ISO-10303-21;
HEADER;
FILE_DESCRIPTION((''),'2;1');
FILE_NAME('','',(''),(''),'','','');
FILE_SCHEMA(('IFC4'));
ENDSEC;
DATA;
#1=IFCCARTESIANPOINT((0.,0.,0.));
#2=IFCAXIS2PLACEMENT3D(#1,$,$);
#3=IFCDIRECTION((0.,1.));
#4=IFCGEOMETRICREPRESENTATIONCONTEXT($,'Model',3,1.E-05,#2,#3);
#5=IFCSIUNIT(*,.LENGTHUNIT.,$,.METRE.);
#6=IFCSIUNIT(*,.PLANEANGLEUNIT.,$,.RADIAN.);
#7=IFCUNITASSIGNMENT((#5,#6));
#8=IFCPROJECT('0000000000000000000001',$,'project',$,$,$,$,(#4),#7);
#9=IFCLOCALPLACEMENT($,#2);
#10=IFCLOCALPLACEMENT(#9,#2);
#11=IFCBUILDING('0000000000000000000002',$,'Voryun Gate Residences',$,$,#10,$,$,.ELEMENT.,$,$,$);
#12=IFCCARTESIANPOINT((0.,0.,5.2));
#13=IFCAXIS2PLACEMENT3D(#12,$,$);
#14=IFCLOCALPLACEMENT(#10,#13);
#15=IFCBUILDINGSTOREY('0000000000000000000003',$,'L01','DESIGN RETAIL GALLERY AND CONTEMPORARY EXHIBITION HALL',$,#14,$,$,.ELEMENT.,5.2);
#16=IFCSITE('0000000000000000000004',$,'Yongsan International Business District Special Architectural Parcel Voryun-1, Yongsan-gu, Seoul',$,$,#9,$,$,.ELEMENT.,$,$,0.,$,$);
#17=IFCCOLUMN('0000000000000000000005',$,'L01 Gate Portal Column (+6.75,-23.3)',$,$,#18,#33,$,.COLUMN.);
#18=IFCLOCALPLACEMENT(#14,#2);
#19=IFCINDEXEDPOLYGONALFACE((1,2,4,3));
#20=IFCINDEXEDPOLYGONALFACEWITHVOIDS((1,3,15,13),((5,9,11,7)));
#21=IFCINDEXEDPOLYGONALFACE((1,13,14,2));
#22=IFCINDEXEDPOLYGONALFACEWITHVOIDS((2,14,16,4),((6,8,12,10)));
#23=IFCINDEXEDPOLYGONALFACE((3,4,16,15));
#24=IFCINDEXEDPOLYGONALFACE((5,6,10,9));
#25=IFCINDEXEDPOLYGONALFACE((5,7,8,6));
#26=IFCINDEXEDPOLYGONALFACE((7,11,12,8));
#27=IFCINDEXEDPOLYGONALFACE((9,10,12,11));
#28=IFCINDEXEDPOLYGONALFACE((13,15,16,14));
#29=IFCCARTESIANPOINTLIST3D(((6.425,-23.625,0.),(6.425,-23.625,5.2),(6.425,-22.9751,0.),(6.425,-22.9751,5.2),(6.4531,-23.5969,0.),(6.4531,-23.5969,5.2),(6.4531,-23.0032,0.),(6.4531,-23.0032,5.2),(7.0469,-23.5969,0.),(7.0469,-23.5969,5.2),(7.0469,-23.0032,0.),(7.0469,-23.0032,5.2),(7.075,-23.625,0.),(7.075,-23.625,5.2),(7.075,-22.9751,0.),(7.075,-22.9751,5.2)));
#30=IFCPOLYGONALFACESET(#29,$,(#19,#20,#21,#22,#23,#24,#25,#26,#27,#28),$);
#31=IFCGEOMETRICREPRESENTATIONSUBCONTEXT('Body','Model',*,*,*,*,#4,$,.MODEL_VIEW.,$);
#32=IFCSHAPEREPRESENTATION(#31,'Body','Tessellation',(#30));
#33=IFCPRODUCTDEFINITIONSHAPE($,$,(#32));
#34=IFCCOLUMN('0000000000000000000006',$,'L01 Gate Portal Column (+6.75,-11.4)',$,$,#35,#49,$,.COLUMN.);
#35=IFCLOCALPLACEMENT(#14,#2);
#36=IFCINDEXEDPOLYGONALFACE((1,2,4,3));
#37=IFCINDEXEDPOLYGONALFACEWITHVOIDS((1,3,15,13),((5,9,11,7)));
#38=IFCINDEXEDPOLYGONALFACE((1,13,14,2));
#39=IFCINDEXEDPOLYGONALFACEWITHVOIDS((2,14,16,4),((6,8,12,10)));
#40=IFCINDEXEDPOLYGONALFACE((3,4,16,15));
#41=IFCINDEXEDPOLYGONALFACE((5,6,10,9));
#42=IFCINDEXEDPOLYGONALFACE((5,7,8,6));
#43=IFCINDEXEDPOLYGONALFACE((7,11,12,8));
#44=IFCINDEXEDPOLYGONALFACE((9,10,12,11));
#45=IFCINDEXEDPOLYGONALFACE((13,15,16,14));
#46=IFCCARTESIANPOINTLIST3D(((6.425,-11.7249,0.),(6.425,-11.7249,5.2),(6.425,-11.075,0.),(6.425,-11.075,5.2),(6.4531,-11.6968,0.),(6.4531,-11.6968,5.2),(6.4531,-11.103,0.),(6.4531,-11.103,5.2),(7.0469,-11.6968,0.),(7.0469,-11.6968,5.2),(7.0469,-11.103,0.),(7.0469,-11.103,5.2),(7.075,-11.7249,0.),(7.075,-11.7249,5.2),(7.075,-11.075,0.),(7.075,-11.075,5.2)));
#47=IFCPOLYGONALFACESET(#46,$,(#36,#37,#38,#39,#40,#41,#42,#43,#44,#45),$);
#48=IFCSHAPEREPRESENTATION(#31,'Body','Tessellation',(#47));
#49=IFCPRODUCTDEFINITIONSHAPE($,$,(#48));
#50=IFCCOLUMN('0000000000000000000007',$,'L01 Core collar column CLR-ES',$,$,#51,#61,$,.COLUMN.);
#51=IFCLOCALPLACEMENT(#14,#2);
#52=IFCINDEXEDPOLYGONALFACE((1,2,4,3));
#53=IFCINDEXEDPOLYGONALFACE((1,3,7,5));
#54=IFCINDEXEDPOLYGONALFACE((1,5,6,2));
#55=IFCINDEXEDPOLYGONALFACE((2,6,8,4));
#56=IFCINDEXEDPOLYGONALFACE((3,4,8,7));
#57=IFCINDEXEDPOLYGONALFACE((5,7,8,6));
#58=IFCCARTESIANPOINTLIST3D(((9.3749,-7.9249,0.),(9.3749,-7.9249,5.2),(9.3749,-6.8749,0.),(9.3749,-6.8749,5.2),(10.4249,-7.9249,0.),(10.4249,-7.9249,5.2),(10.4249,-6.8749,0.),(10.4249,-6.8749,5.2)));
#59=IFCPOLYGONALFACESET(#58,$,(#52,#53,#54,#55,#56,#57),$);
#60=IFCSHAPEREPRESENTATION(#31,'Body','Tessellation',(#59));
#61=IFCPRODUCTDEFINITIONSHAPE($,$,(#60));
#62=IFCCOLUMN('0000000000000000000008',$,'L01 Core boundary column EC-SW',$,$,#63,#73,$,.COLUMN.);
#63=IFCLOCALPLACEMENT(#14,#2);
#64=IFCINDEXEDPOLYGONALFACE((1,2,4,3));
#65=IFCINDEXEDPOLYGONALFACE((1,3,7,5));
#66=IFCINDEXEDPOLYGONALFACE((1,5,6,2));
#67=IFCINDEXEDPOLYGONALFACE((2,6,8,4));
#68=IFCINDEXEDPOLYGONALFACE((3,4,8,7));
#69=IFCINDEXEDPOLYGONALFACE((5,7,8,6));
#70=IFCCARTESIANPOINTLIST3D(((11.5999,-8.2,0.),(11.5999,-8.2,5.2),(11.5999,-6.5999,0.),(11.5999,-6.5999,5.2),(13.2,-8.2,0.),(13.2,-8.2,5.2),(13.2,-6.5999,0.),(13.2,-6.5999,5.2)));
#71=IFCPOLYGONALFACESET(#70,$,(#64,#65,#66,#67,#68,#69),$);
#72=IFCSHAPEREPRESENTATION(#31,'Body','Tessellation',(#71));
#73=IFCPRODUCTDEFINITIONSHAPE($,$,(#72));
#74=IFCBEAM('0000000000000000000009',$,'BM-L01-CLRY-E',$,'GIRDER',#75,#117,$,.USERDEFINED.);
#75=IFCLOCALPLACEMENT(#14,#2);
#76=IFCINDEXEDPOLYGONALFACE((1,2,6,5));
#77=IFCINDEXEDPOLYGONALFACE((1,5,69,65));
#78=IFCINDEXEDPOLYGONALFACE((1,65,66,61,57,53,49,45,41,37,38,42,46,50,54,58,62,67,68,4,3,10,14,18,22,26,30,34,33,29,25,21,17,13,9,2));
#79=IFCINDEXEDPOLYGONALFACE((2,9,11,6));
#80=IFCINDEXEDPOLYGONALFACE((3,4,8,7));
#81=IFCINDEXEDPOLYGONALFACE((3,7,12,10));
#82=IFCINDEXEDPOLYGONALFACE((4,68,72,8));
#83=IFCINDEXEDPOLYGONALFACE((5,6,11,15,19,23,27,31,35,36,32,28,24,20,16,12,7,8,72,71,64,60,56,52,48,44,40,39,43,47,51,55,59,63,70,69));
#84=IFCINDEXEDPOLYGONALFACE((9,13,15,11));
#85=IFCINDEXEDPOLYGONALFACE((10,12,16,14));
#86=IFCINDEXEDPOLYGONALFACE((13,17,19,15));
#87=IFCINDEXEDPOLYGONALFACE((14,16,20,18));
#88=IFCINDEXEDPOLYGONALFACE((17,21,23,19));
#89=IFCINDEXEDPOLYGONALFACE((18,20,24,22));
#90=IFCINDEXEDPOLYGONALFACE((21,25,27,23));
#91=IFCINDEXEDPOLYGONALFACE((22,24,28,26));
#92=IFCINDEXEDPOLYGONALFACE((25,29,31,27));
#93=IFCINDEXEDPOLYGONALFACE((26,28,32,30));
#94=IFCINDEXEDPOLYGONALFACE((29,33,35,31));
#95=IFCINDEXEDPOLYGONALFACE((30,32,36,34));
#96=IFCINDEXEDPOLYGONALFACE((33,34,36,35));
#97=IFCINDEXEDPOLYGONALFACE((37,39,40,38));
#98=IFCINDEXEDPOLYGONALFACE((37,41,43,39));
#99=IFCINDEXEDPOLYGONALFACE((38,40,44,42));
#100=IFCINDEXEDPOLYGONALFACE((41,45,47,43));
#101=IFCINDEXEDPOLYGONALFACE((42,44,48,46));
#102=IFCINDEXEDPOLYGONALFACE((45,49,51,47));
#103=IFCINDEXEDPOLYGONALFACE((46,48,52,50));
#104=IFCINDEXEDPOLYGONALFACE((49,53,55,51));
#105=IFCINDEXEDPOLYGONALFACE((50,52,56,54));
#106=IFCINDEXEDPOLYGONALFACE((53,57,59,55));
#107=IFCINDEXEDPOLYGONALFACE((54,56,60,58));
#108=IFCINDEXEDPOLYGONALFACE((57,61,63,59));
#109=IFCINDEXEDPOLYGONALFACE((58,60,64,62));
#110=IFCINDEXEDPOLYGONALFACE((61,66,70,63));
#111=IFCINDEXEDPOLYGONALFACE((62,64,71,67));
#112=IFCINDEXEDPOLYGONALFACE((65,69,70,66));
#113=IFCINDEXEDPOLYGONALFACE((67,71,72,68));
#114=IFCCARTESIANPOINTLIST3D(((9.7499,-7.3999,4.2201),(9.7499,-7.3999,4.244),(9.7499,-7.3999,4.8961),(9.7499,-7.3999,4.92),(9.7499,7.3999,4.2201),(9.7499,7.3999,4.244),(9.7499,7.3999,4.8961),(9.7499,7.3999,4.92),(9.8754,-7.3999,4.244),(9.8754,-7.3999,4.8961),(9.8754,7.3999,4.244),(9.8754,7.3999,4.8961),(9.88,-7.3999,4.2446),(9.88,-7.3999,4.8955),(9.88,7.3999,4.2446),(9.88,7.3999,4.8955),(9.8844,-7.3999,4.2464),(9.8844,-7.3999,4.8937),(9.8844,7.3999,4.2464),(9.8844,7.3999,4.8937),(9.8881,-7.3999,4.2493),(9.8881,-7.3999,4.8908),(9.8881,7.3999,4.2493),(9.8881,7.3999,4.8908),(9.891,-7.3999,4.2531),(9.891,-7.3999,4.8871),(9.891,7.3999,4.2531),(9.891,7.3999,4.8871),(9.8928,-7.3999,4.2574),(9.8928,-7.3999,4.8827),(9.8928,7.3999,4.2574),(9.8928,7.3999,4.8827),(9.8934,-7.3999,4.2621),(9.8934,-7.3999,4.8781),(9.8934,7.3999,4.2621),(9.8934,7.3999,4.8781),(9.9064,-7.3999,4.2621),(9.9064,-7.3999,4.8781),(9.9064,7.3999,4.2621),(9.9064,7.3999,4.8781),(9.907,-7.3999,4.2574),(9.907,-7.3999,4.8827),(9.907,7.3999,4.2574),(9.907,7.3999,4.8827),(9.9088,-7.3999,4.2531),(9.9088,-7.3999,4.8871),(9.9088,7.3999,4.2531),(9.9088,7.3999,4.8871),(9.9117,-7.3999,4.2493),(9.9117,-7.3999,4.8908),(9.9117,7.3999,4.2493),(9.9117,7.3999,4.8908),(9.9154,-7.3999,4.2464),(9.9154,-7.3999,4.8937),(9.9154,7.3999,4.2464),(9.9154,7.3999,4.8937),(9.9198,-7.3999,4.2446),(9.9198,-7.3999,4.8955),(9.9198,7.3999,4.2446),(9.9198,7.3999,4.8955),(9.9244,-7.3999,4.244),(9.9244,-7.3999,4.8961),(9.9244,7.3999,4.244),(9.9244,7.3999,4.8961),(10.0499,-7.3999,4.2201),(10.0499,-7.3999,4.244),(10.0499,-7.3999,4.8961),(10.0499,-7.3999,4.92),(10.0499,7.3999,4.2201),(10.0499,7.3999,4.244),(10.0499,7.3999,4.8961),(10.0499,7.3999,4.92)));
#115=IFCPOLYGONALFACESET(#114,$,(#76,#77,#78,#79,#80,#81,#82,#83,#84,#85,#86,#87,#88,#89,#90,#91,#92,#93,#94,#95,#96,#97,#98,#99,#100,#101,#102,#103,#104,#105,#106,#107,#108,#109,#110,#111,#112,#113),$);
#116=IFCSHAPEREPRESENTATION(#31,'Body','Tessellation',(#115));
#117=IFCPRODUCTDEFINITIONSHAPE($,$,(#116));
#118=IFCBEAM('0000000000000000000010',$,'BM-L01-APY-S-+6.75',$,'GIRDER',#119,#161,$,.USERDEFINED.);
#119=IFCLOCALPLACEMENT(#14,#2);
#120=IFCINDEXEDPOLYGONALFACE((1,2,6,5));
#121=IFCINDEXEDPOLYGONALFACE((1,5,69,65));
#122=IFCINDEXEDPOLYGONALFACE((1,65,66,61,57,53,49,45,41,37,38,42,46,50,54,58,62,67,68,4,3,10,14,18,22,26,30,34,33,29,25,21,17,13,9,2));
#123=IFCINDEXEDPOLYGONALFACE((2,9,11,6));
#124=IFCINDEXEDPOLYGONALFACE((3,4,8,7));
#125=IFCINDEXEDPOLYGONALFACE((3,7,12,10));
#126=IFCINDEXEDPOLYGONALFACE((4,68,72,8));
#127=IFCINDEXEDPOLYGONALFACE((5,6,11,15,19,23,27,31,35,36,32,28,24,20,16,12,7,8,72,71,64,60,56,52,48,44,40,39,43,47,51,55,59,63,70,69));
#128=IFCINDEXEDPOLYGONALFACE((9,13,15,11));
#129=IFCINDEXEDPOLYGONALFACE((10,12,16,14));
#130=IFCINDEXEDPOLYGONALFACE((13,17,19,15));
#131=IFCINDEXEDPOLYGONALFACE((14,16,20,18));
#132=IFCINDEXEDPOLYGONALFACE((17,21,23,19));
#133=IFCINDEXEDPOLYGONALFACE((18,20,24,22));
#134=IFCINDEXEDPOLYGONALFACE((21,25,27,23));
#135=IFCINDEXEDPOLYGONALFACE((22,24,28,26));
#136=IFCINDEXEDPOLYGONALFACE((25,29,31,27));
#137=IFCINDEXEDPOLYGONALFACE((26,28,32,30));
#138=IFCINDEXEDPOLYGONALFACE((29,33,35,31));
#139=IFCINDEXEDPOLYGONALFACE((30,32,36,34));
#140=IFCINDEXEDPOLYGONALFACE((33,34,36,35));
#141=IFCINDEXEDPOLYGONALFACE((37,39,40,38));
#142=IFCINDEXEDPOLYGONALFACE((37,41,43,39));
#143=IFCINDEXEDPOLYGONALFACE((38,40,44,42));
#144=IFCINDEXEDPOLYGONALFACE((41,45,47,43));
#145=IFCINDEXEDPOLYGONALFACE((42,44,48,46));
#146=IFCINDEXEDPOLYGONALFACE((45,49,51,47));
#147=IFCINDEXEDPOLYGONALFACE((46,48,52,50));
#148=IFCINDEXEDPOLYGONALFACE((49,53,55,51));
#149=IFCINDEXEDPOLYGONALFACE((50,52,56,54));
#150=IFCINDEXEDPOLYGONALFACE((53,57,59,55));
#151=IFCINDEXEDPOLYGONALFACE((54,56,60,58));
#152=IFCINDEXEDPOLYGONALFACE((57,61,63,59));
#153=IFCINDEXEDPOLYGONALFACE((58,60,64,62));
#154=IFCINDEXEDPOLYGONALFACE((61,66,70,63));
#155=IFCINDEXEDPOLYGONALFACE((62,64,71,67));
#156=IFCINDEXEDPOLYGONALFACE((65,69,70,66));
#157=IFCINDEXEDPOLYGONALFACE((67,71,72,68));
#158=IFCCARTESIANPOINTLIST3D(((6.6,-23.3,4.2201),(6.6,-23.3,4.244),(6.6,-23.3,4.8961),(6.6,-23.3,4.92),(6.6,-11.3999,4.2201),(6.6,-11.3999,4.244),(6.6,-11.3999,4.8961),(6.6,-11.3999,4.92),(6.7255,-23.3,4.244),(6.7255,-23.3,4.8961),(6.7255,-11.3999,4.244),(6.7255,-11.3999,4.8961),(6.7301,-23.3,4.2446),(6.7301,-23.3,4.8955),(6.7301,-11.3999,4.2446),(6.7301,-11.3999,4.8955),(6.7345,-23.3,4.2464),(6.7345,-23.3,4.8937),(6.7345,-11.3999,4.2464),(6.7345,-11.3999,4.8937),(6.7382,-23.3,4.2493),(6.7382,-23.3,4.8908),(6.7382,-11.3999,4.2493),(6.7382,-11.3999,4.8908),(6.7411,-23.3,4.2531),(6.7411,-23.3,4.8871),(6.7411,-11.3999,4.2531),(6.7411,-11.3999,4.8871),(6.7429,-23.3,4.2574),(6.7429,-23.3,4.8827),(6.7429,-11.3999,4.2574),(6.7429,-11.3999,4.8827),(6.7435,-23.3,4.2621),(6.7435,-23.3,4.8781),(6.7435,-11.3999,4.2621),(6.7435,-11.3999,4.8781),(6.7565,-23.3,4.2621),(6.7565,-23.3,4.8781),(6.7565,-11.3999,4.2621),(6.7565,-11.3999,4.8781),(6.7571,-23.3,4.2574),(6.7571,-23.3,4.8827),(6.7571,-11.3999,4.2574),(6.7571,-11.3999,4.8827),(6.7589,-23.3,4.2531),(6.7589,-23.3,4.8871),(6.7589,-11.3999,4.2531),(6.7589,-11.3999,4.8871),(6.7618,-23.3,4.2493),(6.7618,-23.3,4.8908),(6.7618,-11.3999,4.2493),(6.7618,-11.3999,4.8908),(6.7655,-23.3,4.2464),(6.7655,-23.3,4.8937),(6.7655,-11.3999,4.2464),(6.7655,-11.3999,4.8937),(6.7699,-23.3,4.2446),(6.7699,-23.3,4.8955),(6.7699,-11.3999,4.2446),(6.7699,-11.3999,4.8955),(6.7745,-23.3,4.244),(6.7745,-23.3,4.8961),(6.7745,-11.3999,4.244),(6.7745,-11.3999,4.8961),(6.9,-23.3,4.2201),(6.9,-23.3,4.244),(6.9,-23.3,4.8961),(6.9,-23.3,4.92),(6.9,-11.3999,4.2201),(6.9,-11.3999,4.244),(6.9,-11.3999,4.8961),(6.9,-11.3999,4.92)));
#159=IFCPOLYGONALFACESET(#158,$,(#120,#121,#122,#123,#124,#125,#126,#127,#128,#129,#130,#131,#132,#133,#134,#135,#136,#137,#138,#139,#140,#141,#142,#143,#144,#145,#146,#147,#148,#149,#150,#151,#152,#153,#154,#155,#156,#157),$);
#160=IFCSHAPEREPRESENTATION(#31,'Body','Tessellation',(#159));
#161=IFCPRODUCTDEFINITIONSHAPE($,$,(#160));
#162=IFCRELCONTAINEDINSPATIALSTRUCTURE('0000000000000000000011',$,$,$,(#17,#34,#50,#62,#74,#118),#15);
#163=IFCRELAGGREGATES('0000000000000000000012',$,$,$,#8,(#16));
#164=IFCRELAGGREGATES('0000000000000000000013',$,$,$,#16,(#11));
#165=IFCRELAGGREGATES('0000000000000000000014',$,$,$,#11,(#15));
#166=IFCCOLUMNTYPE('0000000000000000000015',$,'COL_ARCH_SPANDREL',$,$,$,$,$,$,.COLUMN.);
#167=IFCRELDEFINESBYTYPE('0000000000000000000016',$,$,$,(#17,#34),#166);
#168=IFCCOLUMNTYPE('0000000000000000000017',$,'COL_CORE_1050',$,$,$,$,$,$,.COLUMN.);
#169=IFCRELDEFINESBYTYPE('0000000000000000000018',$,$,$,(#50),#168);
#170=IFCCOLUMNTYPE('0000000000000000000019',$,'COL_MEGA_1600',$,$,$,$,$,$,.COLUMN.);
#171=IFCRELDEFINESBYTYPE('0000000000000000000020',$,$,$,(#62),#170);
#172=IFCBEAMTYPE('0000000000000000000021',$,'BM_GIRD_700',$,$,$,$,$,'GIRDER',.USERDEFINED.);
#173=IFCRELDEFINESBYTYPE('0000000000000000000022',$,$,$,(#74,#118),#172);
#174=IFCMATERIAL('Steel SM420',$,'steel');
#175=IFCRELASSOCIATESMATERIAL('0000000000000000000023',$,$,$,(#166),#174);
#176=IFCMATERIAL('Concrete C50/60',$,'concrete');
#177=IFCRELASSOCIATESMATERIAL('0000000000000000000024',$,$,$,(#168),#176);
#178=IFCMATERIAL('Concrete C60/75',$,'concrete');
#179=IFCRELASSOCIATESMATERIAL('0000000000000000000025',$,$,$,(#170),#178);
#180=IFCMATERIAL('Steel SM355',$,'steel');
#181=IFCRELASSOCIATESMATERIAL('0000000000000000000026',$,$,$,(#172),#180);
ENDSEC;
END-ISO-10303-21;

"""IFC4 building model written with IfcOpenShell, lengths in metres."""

from ifc_helpers import new_model, si_unit, direction, frame, origin, origin_2d, place, context, subcontext, project, spatial, rectangle, hollow_rectangle, i_section, extrude, material, material_profile, profile_set, type_object, element, save


model = new_model("IFC4")

# Units and contexts
model_context = context("Model", 3, precision=1e-05, world=origin(), true_north=direction((0.0, 1.0)))
body_context = subcontext(model_context, "Body", "Model", "MODEL_VIEW")
ifc_project = project(units=[si_unit("LENGTHUNIT", "METRE"), si_unit("PLANEANGLEUNIT", "RADIAN")], contexts=[model_context])

# Site, building, storey
site_placement = place(None, origin())
site = spatial("IfcSite", under=ifc_project, at=site_placement, Name="Yongsan International Business District Special Architectural Parcel Voryun-1, Yongsan-gu, Seoul", CompositionType="ELEMENT", RefElevation=0.0)
building_placement = place(site_placement, origin())
building = spatial("IfcBuilding", under=site, at=building_placement, Name="Voryun Gate Residences", CompositionType="ELEMENT")
storey_placement = place(building_placement, frame((0.0, 0.0, 5.2)))
storey = spatial("IfcBuildingStorey", under=building, at=storey_placement, Name="L01", Description="DESIGN RETAIL GALLERY AND CONTEMPORARY EXHIBITION HALL", CompositionType="ELEMENT", Elevation=5.2)

# Columns
ifc_material_1 = material(Name="Steel SM420", Category="steel")
ifc_material_profile_1 = material_profile(ifc_material_1, hollow_rectangle(XDim=0.6499, YDim=0.6499, WallThickness=0.0281, at=origin_2d()), Name="BOX-650x650x28")
ifc_profile_set_1 = profile_set([ifc_material_profile_1], Name="Steel SM420")
column_type_1 = type_object("IfcColumnType", Name="COL_ARCH_SPANDREL", PredefinedType="COLUMN", material=ifc_profile_set_1)
for number, where, z_axis, x_axis, name in (
    (1, (6.75, -23.3, 0.0), (0.0, 0.0, 1.0), (1.0, 0.0, 0.0), "L01 Gate Portal Column (+6.75,-23.3)"),
    (2, (6.75, -11.3999, 0.0), (0.0, 0.0, 1.0), (1.0, 0.0, 0.0), "L01 Gate Portal Column (+6.75,-11.4)"),
):
    element("IfcColumn", number, at=place(storey_placement, frame(where, z_axis=z_axis, x_axis=x_axis)), inside=storey, type_object=column_type_1, Name=name, PredefinedType="COLUMN", context=body_context, shape_type="SweptSolid", body=[
        extrude(hollow_rectangle(XDim=0.6499, YDim=0.6499, WallThickness=0.0281, at=origin_2d()), origin(), (0.0, 0.0, 1.0), 5.2),
    ])
ifc_material_2 = material(Name="Concrete C50/60", Category="concrete")
ifc_material_profile_2 = material_profile(ifc_material_2, rectangle(XDim=1.05, YDim=1.05, at=origin_2d()), Name="RC-1050x1050")
ifc_profile_set_2 = profile_set([ifc_material_profile_2], Name="Concrete C50/60")
column_type_2 = type_object("IfcColumnType", Name="COL_CORE_1050", PredefinedType="COLUMN", material=ifc_profile_set_2)
column_1_placement = place(storey_placement, frame((9.8999, -7.3999, 0.0), z_axis=(0.0, 0.0, 1.0), x_axis=(1.0, 0.0, 0.0)))
element("IfcColumn", 3, at=column_1_placement, inside=storey, type_object=column_type_2, Name="L01 Core collar column CLR-ES", PredefinedType="COLUMN", context=body_context, shape_type="SweptSolid", body=[
    extrude(rectangle(XDim=1.05, YDim=1.05, at=origin_2d()), origin(), (0.0, 0.0, 1.0), 5.2),
])
ifc_material_3 = material(Name="Concrete C60/75", Category="concrete")
ifc_material_profile_3 = material_profile(ifc_material_3, rectangle(XDim=1.6001, YDim=1.6001, at=origin_2d()), Name="RC-1600x1600")
ifc_profile_set_3 = profile_set([ifc_material_profile_3], Name="Concrete C60/75")
column_type_3 = type_object("IfcColumnType", Name="COL_MEGA_1600", PredefinedType="COLUMN", material=ifc_profile_set_3)
column_2_placement = place(storey_placement, frame((12.3999, -7.3999, 0.0), z_axis=(0.0, 0.0, 1.0), x_axis=(1.0, 0.0, 0.0)))
element("IfcColumn", 4, at=column_2_placement, inside=storey, type_object=column_type_3, Name="L01 Core boundary column EC-SW", PredefinedType="COLUMN", context=body_context, shape_type="SweptSolid", body=[
    extrude(rectangle(XDim=1.6001, YDim=1.6001, at=origin_2d()), origin(), (0.0, 0.0, 1.0), 5.2),
])

# Beams
ifc_material_4 = material(Name="Steel SM355", Category="steel")
ifc_material_profile_4 = material_profile(ifc_material_4, i_section(OverallWidth=0.3, OverallDepth=0.7, WebThickness=0.0129, FlangeThickness=0.0239, FilletRadius=0.0181, at=origin_2d()), Name="H-700x300x13x24")
ifc_profile_set_4 = profile_set([ifc_material_profile_4], Name="Steel SM355")
beam_type = type_object("IfcBeamType", Name="BM_GIRD_700", ElementType="GIRDER", PredefinedType="USERDEFINED", material=ifc_profile_set_4)
beam_1_placement = place(storey_placement, frame((9.8999, -7.3999, 4.5701), z_axis=(0.0, 1.0, 0.0), x_axis=(-1.0, 0.0, 0.0)))
element("IfcBeam", 5, at=beam_1_placement, inside=storey, type_object=beam_type, Name="BM-L01-CLRY-E", ObjectType="GIRDER", PredefinedType="USERDEFINED", context=body_context, shape_type="SweptSolid", body=[
    extrude(i_section(OverallWidth=0.3, OverallDepth=0.7, WebThickness=0.0129, FlangeThickness=0.0239, FilletRadius=0.0181, at=origin_2d()), origin(), (0.0, 0.0, 1.0), 14.7998),
])
beam_2_placement = place(storey_placement, frame((6.75, -23.3, 4.5701), z_axis=(0.0, 1.0, 0.0), x_axis=(-1.0, 0.0, 0.0)))
element("IfcBeam", 6, at=beam_2_placement, inside=storey, type_object=beam_type, Name="BM-L01-APY-S-+6.75", ObjectType="GIRDER", PredefinedType="USERDEFINED", context=body_context, shape_type="SweptSolid", body=[
    extrude(i_section(OverallWidth=0.3, OverallDepth=0.7, WebThickness=0.0129, FlangeThickness=0.0239, FilletRadius=0.0181, at=origin_2d()), origin(), (0.0, 0.0, 1.0), 11.9001),
])

save(model, "model.ifc")
